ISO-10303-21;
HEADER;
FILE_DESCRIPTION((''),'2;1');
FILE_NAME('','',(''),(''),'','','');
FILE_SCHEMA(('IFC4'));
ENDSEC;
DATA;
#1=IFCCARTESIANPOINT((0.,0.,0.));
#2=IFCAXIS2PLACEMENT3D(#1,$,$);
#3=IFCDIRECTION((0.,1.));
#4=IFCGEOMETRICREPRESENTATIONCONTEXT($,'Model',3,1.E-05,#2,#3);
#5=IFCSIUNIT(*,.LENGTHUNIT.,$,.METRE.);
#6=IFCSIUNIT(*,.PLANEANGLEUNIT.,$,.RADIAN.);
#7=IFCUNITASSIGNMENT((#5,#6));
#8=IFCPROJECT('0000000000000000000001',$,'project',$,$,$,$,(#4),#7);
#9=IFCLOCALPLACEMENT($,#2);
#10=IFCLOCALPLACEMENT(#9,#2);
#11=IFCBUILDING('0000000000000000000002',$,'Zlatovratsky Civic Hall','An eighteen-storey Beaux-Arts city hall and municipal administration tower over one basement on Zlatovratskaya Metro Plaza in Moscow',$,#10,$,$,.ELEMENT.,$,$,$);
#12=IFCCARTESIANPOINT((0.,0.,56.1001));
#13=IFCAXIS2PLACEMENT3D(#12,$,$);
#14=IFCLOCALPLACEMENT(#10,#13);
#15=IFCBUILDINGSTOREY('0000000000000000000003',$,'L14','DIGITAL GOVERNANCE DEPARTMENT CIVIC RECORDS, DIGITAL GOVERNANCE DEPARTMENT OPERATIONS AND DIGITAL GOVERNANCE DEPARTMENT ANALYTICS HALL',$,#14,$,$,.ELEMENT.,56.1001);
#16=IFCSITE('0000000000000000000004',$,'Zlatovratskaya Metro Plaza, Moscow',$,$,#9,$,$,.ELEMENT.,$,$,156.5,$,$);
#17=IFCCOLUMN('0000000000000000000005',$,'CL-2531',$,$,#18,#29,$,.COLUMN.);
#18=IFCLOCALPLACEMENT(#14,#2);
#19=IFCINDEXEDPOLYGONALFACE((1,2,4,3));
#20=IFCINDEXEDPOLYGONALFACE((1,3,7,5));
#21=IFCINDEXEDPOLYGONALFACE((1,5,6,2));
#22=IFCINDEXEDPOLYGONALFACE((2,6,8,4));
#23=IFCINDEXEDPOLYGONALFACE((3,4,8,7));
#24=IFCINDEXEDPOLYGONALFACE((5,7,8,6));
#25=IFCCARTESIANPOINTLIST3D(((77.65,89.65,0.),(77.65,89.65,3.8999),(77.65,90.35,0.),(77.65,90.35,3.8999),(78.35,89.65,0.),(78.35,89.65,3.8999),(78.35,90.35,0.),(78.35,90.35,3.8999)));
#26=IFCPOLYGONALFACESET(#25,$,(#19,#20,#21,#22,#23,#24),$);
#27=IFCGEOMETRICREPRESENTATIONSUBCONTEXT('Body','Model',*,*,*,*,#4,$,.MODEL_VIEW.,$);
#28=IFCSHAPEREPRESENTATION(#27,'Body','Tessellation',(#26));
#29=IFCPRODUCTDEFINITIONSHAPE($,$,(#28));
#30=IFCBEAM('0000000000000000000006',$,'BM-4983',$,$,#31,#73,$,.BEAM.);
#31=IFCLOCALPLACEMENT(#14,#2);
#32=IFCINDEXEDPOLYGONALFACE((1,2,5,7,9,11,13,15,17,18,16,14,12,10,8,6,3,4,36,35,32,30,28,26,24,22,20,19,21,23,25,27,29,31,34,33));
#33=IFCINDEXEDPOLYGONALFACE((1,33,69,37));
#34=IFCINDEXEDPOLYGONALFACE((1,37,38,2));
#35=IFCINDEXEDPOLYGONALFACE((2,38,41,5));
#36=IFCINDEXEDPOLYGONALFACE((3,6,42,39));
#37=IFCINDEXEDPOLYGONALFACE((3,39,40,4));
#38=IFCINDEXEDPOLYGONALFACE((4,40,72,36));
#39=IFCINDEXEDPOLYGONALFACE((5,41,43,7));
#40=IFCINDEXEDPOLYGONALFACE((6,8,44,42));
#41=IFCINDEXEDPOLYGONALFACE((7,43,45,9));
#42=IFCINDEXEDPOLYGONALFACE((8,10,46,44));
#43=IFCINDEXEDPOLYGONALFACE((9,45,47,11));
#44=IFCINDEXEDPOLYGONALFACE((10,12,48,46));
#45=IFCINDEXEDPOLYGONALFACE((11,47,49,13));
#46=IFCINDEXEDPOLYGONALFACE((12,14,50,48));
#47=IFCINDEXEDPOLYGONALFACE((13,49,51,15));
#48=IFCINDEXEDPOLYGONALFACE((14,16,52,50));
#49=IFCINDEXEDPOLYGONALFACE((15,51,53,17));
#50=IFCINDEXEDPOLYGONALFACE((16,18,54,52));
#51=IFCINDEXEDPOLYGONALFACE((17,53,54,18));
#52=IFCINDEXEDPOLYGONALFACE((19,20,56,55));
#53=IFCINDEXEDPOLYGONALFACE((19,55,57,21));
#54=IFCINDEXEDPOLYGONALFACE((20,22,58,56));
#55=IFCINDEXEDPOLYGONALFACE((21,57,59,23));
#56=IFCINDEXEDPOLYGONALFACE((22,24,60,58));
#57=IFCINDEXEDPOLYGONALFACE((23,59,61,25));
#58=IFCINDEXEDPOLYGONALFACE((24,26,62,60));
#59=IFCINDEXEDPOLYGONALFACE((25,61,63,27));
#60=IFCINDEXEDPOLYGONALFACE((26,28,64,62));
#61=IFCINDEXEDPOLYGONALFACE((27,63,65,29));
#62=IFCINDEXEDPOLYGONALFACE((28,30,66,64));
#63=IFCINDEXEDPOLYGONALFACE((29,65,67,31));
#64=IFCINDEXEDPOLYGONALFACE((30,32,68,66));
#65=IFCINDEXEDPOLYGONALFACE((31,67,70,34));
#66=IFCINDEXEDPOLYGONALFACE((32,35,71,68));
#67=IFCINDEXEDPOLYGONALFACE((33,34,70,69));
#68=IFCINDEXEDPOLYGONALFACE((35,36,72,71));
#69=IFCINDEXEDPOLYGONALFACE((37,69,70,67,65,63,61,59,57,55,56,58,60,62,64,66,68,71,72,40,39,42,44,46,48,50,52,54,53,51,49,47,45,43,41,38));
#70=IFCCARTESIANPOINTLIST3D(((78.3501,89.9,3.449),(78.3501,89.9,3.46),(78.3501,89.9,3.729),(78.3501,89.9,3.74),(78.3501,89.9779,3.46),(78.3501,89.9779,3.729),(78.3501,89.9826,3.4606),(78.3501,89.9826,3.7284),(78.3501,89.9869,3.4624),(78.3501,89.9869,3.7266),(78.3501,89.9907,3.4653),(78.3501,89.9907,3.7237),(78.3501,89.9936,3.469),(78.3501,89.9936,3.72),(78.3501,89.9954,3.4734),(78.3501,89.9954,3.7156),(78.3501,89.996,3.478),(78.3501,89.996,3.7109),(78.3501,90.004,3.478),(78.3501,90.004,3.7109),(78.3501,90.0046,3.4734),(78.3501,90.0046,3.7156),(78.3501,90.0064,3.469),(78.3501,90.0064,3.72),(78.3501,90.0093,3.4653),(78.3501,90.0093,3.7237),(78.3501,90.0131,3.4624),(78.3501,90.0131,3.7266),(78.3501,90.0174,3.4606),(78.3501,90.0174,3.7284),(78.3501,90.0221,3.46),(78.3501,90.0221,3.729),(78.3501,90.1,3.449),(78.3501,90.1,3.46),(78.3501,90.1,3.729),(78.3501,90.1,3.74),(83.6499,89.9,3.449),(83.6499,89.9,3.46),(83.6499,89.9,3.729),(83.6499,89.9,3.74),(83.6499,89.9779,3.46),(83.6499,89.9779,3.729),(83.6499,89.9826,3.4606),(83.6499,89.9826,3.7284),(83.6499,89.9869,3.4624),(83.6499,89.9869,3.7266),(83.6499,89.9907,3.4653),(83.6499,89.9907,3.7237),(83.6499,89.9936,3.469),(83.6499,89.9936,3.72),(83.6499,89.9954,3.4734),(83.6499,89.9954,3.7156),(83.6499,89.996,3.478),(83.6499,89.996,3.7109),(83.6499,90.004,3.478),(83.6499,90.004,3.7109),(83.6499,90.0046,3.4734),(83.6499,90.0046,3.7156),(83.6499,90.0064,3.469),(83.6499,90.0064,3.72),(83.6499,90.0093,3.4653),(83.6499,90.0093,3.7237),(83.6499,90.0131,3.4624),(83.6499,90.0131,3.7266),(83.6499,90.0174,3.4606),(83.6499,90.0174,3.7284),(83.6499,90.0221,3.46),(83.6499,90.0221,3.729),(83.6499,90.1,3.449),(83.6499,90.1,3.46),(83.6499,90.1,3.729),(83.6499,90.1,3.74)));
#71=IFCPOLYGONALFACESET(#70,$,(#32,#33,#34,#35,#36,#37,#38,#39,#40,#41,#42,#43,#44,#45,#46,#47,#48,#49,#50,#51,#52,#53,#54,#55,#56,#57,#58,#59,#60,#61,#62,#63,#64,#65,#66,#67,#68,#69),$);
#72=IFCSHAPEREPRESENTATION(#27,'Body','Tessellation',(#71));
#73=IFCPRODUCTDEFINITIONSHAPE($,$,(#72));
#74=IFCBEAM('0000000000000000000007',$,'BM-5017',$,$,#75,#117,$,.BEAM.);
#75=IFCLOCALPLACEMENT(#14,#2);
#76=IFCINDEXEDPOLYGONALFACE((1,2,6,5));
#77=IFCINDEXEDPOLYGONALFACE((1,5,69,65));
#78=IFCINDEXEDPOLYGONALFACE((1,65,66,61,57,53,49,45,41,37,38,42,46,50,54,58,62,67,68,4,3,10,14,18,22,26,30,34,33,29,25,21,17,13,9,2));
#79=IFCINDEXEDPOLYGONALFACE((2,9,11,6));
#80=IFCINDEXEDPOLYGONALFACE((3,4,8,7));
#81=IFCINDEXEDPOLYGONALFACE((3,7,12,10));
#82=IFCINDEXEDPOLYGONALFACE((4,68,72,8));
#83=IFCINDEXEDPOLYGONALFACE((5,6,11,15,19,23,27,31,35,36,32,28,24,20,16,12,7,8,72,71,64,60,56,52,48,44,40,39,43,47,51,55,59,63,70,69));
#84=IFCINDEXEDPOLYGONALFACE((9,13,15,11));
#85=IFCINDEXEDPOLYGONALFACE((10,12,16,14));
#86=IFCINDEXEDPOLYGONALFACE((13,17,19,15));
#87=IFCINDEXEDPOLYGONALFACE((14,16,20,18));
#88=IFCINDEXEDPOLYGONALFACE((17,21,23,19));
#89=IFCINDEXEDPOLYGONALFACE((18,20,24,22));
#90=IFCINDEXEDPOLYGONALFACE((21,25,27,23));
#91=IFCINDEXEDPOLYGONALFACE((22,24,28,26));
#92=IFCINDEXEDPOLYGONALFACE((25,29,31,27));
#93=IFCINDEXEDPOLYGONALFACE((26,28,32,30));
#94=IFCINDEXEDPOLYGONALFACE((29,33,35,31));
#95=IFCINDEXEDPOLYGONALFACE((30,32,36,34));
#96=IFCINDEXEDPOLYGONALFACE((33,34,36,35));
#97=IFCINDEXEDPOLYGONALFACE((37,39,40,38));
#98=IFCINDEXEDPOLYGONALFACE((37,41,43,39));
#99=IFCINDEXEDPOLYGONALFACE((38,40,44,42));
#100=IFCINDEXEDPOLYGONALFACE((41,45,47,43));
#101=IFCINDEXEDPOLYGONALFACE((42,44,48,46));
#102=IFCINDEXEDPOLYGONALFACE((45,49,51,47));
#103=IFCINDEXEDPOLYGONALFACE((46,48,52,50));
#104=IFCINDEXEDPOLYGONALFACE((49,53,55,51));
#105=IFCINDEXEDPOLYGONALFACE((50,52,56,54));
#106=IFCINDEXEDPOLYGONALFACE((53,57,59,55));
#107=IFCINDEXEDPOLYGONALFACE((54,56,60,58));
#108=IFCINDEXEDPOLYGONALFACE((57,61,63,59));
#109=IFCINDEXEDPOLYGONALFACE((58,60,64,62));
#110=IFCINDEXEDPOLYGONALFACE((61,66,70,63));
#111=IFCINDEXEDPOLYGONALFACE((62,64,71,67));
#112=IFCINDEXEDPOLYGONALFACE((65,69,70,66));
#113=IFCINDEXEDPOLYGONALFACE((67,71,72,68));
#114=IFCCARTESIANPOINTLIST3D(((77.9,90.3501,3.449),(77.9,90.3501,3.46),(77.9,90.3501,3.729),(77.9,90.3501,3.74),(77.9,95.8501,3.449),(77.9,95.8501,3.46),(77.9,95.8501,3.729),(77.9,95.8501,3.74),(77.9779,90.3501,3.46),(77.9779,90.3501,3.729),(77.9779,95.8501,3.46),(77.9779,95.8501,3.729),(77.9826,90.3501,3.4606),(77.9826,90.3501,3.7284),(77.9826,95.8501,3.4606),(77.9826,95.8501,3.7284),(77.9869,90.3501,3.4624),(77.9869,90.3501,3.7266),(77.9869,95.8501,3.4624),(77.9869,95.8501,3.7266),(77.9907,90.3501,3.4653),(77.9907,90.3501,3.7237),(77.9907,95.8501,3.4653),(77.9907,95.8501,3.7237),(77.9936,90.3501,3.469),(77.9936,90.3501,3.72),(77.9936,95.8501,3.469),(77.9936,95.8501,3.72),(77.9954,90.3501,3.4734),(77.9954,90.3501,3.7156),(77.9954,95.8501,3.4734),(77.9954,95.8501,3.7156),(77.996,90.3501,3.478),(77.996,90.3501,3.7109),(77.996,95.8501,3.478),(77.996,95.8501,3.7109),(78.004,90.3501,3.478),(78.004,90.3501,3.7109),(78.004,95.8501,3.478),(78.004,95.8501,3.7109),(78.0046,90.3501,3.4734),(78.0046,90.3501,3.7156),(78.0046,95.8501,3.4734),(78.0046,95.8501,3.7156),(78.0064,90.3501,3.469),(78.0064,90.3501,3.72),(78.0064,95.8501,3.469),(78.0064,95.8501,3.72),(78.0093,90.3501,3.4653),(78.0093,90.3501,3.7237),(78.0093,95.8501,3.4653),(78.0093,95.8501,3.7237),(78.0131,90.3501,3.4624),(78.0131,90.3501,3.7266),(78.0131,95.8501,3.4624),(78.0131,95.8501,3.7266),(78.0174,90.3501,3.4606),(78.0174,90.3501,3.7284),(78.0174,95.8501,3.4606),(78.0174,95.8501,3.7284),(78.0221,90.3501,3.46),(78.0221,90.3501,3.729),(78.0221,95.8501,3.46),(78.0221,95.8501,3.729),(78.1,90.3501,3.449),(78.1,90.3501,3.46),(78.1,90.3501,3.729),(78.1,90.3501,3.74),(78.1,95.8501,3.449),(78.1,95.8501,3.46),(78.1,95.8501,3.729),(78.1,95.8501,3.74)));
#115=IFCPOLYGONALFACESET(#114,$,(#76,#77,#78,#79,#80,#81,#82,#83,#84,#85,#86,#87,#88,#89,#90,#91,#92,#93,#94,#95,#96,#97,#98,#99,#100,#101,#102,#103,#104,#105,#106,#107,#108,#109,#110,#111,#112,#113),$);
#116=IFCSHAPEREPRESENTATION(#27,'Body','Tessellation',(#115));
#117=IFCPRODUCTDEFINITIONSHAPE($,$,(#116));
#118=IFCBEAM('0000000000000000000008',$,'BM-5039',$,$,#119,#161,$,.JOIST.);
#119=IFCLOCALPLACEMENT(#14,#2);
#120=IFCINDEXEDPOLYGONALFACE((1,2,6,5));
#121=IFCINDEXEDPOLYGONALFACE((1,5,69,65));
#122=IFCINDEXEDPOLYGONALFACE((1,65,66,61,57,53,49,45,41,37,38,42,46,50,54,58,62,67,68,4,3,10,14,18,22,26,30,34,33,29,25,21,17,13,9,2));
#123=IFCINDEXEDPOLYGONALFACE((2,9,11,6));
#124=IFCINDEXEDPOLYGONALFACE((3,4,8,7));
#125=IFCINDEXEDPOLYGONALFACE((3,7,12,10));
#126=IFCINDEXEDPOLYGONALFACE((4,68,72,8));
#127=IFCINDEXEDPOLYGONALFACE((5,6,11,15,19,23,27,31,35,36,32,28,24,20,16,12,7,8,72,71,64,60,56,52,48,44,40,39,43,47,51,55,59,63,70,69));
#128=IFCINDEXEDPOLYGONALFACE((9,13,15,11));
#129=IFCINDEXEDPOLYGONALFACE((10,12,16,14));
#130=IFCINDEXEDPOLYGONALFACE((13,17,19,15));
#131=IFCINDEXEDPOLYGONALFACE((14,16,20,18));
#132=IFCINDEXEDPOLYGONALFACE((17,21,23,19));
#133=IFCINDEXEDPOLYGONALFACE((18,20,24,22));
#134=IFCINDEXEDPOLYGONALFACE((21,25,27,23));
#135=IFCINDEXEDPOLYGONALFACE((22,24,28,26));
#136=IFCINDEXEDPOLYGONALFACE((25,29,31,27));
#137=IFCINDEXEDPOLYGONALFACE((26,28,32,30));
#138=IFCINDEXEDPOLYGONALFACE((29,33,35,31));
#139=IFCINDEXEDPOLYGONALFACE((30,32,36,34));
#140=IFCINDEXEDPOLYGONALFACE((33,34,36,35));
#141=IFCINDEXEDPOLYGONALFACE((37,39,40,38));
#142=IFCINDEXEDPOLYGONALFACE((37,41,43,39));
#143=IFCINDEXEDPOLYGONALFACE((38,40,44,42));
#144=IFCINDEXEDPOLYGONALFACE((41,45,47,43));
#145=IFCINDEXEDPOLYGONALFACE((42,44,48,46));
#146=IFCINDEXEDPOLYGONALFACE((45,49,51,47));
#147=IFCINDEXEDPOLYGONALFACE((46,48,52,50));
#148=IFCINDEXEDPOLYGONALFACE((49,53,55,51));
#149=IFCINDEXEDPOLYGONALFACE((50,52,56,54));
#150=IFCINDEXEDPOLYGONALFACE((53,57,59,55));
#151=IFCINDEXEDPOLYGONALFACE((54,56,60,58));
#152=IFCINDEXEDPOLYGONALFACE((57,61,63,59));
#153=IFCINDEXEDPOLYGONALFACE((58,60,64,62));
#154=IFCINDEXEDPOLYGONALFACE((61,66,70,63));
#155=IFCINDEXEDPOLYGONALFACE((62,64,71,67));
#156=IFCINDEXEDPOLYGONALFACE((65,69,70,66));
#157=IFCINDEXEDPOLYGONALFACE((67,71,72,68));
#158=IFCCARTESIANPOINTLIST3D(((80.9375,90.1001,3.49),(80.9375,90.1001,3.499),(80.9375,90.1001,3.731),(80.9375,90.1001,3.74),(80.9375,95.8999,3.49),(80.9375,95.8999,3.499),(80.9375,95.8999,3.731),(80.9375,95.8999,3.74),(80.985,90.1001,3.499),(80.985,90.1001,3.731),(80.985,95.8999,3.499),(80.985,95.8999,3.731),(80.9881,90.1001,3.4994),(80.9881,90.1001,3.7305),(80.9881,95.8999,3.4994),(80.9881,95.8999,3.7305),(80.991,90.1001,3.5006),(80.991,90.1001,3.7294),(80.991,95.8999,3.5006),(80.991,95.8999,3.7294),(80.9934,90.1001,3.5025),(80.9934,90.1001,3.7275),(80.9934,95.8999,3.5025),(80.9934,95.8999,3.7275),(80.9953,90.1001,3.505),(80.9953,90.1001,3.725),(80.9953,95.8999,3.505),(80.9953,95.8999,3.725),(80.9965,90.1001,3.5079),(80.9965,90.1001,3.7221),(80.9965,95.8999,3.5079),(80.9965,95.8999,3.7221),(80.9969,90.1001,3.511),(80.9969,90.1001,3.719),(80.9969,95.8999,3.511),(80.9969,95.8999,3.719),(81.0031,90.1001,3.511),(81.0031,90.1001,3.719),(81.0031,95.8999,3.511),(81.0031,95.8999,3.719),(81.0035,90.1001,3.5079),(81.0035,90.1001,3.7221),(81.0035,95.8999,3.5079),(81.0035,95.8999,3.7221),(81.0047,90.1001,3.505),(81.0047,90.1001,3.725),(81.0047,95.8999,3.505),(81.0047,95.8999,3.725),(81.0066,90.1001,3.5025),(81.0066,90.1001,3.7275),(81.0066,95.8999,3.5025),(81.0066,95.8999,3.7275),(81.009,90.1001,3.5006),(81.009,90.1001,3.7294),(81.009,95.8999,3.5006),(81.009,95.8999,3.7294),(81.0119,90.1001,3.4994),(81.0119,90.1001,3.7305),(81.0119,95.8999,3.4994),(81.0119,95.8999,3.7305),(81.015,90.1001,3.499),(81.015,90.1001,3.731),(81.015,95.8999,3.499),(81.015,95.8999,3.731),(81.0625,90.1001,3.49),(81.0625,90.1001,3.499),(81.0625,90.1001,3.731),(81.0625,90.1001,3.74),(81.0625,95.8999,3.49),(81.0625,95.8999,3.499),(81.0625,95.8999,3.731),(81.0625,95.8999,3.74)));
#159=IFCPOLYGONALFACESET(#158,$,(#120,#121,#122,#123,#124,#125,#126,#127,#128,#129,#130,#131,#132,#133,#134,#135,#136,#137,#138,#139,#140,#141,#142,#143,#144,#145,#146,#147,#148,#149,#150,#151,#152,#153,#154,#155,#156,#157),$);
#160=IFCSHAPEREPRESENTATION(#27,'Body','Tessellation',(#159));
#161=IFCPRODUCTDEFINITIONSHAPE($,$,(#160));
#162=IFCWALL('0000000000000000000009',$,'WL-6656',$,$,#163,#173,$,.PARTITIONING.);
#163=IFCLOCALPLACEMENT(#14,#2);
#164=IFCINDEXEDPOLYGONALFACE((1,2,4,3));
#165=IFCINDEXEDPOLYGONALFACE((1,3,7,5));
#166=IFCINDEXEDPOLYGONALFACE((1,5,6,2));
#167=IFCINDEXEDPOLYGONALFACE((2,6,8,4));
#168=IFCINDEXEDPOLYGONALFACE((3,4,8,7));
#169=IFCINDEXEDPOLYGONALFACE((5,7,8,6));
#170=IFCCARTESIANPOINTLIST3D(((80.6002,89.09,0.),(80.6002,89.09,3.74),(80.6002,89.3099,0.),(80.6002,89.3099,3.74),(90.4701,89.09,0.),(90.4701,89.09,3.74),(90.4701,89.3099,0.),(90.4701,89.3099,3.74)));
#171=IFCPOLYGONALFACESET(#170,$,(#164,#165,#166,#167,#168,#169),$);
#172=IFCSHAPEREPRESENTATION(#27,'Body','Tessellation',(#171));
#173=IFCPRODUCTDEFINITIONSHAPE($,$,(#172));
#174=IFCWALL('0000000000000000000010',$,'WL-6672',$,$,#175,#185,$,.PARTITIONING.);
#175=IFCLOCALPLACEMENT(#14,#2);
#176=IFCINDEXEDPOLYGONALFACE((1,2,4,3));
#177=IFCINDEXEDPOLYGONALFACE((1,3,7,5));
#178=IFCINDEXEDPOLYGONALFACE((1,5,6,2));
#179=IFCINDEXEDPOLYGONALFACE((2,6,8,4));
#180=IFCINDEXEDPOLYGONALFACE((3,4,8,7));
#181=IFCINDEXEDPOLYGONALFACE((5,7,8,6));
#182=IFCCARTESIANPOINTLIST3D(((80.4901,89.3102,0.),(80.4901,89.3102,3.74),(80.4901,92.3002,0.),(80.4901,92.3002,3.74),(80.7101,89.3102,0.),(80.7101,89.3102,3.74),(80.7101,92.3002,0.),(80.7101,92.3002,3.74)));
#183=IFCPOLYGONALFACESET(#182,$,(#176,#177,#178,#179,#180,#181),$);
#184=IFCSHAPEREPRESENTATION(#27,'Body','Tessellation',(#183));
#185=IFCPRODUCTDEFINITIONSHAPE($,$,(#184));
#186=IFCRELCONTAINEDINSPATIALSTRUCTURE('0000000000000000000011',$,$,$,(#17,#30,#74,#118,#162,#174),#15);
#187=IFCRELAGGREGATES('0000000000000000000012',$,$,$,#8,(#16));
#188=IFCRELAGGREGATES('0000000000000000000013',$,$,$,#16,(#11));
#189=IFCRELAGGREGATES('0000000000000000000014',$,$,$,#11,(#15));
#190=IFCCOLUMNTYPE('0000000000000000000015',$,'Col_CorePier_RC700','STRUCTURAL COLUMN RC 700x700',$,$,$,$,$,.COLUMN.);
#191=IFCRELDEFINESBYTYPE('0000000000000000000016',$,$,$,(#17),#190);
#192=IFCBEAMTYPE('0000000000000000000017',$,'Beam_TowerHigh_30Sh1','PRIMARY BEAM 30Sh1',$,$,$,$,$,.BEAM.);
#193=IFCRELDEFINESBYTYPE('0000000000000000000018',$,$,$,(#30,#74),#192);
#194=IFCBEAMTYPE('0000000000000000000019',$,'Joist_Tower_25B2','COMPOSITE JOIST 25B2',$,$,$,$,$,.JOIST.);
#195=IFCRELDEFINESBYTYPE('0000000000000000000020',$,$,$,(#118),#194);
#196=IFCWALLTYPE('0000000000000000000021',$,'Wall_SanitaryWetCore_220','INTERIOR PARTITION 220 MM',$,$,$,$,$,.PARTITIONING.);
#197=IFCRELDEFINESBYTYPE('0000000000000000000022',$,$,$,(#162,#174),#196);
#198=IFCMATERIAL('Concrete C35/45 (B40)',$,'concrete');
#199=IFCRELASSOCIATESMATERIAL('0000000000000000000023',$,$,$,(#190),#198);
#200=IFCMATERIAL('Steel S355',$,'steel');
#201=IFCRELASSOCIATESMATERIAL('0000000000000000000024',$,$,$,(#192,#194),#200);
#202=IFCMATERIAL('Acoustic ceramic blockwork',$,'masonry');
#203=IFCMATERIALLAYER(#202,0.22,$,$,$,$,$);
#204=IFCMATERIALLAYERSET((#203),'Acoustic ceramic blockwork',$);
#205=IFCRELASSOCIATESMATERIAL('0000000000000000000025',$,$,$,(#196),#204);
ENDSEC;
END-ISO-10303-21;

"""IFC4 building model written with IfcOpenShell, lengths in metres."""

from ifc_helpers import new_model, si_unit, direction, frame, frame_2d, origin, origin_2d, place, context, subcontext, project, spatial, rectangle, i_section, extrude, material, layer, layer_set, material_profile, profile_set, type_object, element, save


model = new_model("IFC4")

# Units and contexts
model_context = context("Model", 3, precision=1e-05, world=origin(), true_north=direction((0.0, 1.0)))
body_context = subcontext(model_context, "Body", "Model", "MODEL_VIEW")
ifc_project = project(units=[si_unit("LENGTHUNIT", "METRE"), si_unit("PLANEANGLEUNIT", "RADIAN")], contexts=[model_context])

# Site, building, storey
site_placement = place(None, origin())
site = spatial("IfcSite", under=ifc_project, at=site_placement, Name="Zlatovratskaya Metro Plaza, Moscow", CompositionType="ELEMENT", RefElevation=156.5)
building_placement = place(site_placement, origin())
building = spatial("IfcBuilding", under=site, at=building_placement, Name="Zlatovratsky Civic Hall", Description="An eighteen-storey Beaux-Arts city hall and municipal administration tower over one basement on Zlatovratskaya Metro Plaza in Moscow", CompositionType="ELEMENT")
storey_placement = place(building_placement, frame((0.0, 0.0, 56.1001)))
storey = spatial("IfcBuildingStorey", under=building, at=storey_placement, Name="L14", Description="DIGITAL GOVERNANCE DEPARTMENT CIVIC RECORDS, DIGITAL GOVERNANCE DEPARTMENT OPERATIONS AND DIGITAL GOVERNANCE DEPARTMENT ANALYTICS HALL", CompositionType="ELEMENT", Elevation=56.1001)

# Column
ifc_material_1 = material(Name="Concrete C35/45 (B40)", Category="concrete")
ifc_material_profile_1 = material_profile(ifc_material_1, rectangle(XDim=0.7, YDim=0.7, at=origin_2d()), Name="RC 700x700")
ifc_profile_set_1 = profile_set([ifc_material_profile_1], Name="Concrete C35/45 (B40)")
column_type = type_object("IfcColumnType", Name="Col_CorePier_RC700", Description="STRUCTURAL COLUMN RC 700x700", PredefinedType="COLUMN", material=ifc_profile_set_1)
column_placement = place(storey_placement, frame((78.0, 90.0, 0.0), z_axis=(0.0, 0.0, 1.0), x_axis=(1.0, 0.0, 0.0)))
element("IfcColumn", 1, at=column_placement, inside=storey, type_object=column_type, Name="CL-2531", PredefinedType="COLUMN", context=body_context, shape_type="SweptSolid", body=[
    extrude(rectangle(XDim=0.7, YDim=0.7, at=origin_2d()), origin(), (0.0, 0.0, 1.0), 3.8999),
])

# Beams
ifc_material_2 = material(Name="Steel S355", Category="steel")
ifc_material_profile_2 = material_profile(ifc_material_2, i_section(OverallWidth=0.2, OverallDepth=0.291, WebThickness=0.0081, FlangeThickness=0.011, FilletRadius=0.0181, at=origin_2d()), Name="30Sh1")
ifc_profile_set_2 = profile_set([ifc_material_profile_2], Name="Steel S355")
beam_type_1 = type_object("IfcBeamType", Name="Beam_TowerHigh_30Sh1", Description="PRIMARY BEAM 30Sh1", PredefinedType="BEAM", material=ifc_profile_set_2)
beam_1_placement = place(storey_placement, frame((78.3501, 90.0, 3.5945), z_axis=(1.0, 0.0, 0.0), x_axis=(0.0, 1.0, 0.0)))
element("IfcBeam", 2, at=beam_1_placement, inside=storey, type_object=beam_type_1, Name="BM-4983", PredefinedType="BEAM", context=body_context, shape_type="SweptSolid", body=[
    extrude(i_section(OverallWidth=0.2, OverallDepth=0.291, WebThickness=0.0081, FlangeThickness=0.011, FilletRadius=0.0181, at=origin_2d()), origin(), (0.0, 0.0, 1.0), 5.2998),
])
beam_2_placement = place(storey_placement, frame((78.0, 90.3501, 3.5945), z_axis=(0.0, 1.0, 0.0), x_axis=(-1.0, 0.0, 0.0)))
element("IfcBeam", 3, at=beam_2_placement, inside=storey, type_object=beam_type_1, Name="BM-5017", PredefinedType="BEAM", context=body_context, shape_type="SweptSolid", body=[
    extrude(i_section(OverallWidth=0.2, OverallDepth=0.291, WebThickness=0.0081, FlangeThickness=0.011, FilletRadius=0.0181, at=origin_2d()), origin(), (0.0, 0.0, 1.0), 5.5),
])
ifc_material_profile_3 = material_profile(ifc_material_2, i_section(OverallWidth=0.125, OverallDepth=0.25, WebThickness=0.0061, FlangeThickness=0.009, FilletRadius=0.012, at=origin_2d()), Name="25B2")
ifc_profile_set_3 = profile_set([ifc_material_profile_3], Name="Steel S355")
beam_type_2 = type_object("IfcBeamType", Name="Joist_Tower_25B2", Description="COMPOSITE JOIST 25B2", PredefinedType="JOIST", material=ifc_profile_set_3)
beam_3_placement = place(storey_placement, frame((81.0, 90.1001, 3.615), z_axis=(0.0, 1.0, 0.0), x_axis=(-1.0, 0.0, 0.0)))
element("IfcBeam", 4, at=beam_3_placement, inside=storey, type_object=beam_type_2, Name="BM-5039", PredefinedType="JOIST", context=body_context, shape_type="SweptSolid", body=[
    extrude(i_section(OverallWidth=0.125, OverallDepth=0.25, WebThickness=0.0061, FlangeThickness=0.009, FilletRadius=0.012, at=origin_2d()), origin(), (0.0, 0.0, 1.0), 5.7998),
])

# Walls
ifc_material_3 = material(Name="Acoustic ceramic blockwork", Category="masonry")
ifc_layer_1 = layer(ifc_material_3, 0.22)
ifc_layer_set_1 = layer_set([ifc_layer_1], Name="Acoustic ceramic blockwork")
wall_type_1 = type_object("IfcWallType", Name="Wall_SanitaryWetCore_220", Description="INTERIOR PARTITION 220 MM", PredefinedType="PARTITIONING", material=ifc_layer_set_1)
wall_1_placement = place(storey_placement, frame((80.6001, 89.2, 0.0), z_axis=(0.0, 0.0, 1.0), x_axis=(1.0, 0.0, 0.0)))
element("IfcWall", 5, at=wall_1_placement, inside=storey, type_object=wall_type_1, Name="WL-6656", PredefinedType="PARTITIONING", context=body_context, shape_type="SweptSolid", body=[
    extrude(rectangle(XDim=9.8699, YDim=0.22, at=frame_2d((4.9351, 0.0))), origin(), (0.0, 0.0, 1.0), 3.74),
])
wall_2_placement = place(storey_placement, frame((80.6001, 89.3101, 0.0), z_axis=(0.0, 0.0, 1.0), x_axis=(0.0, 1.0, 0.0)))
element("IfcWall", 6, at=wall_2_placement, inside=storey, type_object=wall_type_1, Name="WL-6672", PredefinedType="PARTITIONING", context=body_context, shape_type="SweptSolid", body=[
    extrude(rectangle(XDim=2.99, YDim=0.22, at=frame_2d((1.4951, 0.0))), origin(), (0.0, 0.0, 1.0), 3.74),
])

save(model, "model.ifc")
